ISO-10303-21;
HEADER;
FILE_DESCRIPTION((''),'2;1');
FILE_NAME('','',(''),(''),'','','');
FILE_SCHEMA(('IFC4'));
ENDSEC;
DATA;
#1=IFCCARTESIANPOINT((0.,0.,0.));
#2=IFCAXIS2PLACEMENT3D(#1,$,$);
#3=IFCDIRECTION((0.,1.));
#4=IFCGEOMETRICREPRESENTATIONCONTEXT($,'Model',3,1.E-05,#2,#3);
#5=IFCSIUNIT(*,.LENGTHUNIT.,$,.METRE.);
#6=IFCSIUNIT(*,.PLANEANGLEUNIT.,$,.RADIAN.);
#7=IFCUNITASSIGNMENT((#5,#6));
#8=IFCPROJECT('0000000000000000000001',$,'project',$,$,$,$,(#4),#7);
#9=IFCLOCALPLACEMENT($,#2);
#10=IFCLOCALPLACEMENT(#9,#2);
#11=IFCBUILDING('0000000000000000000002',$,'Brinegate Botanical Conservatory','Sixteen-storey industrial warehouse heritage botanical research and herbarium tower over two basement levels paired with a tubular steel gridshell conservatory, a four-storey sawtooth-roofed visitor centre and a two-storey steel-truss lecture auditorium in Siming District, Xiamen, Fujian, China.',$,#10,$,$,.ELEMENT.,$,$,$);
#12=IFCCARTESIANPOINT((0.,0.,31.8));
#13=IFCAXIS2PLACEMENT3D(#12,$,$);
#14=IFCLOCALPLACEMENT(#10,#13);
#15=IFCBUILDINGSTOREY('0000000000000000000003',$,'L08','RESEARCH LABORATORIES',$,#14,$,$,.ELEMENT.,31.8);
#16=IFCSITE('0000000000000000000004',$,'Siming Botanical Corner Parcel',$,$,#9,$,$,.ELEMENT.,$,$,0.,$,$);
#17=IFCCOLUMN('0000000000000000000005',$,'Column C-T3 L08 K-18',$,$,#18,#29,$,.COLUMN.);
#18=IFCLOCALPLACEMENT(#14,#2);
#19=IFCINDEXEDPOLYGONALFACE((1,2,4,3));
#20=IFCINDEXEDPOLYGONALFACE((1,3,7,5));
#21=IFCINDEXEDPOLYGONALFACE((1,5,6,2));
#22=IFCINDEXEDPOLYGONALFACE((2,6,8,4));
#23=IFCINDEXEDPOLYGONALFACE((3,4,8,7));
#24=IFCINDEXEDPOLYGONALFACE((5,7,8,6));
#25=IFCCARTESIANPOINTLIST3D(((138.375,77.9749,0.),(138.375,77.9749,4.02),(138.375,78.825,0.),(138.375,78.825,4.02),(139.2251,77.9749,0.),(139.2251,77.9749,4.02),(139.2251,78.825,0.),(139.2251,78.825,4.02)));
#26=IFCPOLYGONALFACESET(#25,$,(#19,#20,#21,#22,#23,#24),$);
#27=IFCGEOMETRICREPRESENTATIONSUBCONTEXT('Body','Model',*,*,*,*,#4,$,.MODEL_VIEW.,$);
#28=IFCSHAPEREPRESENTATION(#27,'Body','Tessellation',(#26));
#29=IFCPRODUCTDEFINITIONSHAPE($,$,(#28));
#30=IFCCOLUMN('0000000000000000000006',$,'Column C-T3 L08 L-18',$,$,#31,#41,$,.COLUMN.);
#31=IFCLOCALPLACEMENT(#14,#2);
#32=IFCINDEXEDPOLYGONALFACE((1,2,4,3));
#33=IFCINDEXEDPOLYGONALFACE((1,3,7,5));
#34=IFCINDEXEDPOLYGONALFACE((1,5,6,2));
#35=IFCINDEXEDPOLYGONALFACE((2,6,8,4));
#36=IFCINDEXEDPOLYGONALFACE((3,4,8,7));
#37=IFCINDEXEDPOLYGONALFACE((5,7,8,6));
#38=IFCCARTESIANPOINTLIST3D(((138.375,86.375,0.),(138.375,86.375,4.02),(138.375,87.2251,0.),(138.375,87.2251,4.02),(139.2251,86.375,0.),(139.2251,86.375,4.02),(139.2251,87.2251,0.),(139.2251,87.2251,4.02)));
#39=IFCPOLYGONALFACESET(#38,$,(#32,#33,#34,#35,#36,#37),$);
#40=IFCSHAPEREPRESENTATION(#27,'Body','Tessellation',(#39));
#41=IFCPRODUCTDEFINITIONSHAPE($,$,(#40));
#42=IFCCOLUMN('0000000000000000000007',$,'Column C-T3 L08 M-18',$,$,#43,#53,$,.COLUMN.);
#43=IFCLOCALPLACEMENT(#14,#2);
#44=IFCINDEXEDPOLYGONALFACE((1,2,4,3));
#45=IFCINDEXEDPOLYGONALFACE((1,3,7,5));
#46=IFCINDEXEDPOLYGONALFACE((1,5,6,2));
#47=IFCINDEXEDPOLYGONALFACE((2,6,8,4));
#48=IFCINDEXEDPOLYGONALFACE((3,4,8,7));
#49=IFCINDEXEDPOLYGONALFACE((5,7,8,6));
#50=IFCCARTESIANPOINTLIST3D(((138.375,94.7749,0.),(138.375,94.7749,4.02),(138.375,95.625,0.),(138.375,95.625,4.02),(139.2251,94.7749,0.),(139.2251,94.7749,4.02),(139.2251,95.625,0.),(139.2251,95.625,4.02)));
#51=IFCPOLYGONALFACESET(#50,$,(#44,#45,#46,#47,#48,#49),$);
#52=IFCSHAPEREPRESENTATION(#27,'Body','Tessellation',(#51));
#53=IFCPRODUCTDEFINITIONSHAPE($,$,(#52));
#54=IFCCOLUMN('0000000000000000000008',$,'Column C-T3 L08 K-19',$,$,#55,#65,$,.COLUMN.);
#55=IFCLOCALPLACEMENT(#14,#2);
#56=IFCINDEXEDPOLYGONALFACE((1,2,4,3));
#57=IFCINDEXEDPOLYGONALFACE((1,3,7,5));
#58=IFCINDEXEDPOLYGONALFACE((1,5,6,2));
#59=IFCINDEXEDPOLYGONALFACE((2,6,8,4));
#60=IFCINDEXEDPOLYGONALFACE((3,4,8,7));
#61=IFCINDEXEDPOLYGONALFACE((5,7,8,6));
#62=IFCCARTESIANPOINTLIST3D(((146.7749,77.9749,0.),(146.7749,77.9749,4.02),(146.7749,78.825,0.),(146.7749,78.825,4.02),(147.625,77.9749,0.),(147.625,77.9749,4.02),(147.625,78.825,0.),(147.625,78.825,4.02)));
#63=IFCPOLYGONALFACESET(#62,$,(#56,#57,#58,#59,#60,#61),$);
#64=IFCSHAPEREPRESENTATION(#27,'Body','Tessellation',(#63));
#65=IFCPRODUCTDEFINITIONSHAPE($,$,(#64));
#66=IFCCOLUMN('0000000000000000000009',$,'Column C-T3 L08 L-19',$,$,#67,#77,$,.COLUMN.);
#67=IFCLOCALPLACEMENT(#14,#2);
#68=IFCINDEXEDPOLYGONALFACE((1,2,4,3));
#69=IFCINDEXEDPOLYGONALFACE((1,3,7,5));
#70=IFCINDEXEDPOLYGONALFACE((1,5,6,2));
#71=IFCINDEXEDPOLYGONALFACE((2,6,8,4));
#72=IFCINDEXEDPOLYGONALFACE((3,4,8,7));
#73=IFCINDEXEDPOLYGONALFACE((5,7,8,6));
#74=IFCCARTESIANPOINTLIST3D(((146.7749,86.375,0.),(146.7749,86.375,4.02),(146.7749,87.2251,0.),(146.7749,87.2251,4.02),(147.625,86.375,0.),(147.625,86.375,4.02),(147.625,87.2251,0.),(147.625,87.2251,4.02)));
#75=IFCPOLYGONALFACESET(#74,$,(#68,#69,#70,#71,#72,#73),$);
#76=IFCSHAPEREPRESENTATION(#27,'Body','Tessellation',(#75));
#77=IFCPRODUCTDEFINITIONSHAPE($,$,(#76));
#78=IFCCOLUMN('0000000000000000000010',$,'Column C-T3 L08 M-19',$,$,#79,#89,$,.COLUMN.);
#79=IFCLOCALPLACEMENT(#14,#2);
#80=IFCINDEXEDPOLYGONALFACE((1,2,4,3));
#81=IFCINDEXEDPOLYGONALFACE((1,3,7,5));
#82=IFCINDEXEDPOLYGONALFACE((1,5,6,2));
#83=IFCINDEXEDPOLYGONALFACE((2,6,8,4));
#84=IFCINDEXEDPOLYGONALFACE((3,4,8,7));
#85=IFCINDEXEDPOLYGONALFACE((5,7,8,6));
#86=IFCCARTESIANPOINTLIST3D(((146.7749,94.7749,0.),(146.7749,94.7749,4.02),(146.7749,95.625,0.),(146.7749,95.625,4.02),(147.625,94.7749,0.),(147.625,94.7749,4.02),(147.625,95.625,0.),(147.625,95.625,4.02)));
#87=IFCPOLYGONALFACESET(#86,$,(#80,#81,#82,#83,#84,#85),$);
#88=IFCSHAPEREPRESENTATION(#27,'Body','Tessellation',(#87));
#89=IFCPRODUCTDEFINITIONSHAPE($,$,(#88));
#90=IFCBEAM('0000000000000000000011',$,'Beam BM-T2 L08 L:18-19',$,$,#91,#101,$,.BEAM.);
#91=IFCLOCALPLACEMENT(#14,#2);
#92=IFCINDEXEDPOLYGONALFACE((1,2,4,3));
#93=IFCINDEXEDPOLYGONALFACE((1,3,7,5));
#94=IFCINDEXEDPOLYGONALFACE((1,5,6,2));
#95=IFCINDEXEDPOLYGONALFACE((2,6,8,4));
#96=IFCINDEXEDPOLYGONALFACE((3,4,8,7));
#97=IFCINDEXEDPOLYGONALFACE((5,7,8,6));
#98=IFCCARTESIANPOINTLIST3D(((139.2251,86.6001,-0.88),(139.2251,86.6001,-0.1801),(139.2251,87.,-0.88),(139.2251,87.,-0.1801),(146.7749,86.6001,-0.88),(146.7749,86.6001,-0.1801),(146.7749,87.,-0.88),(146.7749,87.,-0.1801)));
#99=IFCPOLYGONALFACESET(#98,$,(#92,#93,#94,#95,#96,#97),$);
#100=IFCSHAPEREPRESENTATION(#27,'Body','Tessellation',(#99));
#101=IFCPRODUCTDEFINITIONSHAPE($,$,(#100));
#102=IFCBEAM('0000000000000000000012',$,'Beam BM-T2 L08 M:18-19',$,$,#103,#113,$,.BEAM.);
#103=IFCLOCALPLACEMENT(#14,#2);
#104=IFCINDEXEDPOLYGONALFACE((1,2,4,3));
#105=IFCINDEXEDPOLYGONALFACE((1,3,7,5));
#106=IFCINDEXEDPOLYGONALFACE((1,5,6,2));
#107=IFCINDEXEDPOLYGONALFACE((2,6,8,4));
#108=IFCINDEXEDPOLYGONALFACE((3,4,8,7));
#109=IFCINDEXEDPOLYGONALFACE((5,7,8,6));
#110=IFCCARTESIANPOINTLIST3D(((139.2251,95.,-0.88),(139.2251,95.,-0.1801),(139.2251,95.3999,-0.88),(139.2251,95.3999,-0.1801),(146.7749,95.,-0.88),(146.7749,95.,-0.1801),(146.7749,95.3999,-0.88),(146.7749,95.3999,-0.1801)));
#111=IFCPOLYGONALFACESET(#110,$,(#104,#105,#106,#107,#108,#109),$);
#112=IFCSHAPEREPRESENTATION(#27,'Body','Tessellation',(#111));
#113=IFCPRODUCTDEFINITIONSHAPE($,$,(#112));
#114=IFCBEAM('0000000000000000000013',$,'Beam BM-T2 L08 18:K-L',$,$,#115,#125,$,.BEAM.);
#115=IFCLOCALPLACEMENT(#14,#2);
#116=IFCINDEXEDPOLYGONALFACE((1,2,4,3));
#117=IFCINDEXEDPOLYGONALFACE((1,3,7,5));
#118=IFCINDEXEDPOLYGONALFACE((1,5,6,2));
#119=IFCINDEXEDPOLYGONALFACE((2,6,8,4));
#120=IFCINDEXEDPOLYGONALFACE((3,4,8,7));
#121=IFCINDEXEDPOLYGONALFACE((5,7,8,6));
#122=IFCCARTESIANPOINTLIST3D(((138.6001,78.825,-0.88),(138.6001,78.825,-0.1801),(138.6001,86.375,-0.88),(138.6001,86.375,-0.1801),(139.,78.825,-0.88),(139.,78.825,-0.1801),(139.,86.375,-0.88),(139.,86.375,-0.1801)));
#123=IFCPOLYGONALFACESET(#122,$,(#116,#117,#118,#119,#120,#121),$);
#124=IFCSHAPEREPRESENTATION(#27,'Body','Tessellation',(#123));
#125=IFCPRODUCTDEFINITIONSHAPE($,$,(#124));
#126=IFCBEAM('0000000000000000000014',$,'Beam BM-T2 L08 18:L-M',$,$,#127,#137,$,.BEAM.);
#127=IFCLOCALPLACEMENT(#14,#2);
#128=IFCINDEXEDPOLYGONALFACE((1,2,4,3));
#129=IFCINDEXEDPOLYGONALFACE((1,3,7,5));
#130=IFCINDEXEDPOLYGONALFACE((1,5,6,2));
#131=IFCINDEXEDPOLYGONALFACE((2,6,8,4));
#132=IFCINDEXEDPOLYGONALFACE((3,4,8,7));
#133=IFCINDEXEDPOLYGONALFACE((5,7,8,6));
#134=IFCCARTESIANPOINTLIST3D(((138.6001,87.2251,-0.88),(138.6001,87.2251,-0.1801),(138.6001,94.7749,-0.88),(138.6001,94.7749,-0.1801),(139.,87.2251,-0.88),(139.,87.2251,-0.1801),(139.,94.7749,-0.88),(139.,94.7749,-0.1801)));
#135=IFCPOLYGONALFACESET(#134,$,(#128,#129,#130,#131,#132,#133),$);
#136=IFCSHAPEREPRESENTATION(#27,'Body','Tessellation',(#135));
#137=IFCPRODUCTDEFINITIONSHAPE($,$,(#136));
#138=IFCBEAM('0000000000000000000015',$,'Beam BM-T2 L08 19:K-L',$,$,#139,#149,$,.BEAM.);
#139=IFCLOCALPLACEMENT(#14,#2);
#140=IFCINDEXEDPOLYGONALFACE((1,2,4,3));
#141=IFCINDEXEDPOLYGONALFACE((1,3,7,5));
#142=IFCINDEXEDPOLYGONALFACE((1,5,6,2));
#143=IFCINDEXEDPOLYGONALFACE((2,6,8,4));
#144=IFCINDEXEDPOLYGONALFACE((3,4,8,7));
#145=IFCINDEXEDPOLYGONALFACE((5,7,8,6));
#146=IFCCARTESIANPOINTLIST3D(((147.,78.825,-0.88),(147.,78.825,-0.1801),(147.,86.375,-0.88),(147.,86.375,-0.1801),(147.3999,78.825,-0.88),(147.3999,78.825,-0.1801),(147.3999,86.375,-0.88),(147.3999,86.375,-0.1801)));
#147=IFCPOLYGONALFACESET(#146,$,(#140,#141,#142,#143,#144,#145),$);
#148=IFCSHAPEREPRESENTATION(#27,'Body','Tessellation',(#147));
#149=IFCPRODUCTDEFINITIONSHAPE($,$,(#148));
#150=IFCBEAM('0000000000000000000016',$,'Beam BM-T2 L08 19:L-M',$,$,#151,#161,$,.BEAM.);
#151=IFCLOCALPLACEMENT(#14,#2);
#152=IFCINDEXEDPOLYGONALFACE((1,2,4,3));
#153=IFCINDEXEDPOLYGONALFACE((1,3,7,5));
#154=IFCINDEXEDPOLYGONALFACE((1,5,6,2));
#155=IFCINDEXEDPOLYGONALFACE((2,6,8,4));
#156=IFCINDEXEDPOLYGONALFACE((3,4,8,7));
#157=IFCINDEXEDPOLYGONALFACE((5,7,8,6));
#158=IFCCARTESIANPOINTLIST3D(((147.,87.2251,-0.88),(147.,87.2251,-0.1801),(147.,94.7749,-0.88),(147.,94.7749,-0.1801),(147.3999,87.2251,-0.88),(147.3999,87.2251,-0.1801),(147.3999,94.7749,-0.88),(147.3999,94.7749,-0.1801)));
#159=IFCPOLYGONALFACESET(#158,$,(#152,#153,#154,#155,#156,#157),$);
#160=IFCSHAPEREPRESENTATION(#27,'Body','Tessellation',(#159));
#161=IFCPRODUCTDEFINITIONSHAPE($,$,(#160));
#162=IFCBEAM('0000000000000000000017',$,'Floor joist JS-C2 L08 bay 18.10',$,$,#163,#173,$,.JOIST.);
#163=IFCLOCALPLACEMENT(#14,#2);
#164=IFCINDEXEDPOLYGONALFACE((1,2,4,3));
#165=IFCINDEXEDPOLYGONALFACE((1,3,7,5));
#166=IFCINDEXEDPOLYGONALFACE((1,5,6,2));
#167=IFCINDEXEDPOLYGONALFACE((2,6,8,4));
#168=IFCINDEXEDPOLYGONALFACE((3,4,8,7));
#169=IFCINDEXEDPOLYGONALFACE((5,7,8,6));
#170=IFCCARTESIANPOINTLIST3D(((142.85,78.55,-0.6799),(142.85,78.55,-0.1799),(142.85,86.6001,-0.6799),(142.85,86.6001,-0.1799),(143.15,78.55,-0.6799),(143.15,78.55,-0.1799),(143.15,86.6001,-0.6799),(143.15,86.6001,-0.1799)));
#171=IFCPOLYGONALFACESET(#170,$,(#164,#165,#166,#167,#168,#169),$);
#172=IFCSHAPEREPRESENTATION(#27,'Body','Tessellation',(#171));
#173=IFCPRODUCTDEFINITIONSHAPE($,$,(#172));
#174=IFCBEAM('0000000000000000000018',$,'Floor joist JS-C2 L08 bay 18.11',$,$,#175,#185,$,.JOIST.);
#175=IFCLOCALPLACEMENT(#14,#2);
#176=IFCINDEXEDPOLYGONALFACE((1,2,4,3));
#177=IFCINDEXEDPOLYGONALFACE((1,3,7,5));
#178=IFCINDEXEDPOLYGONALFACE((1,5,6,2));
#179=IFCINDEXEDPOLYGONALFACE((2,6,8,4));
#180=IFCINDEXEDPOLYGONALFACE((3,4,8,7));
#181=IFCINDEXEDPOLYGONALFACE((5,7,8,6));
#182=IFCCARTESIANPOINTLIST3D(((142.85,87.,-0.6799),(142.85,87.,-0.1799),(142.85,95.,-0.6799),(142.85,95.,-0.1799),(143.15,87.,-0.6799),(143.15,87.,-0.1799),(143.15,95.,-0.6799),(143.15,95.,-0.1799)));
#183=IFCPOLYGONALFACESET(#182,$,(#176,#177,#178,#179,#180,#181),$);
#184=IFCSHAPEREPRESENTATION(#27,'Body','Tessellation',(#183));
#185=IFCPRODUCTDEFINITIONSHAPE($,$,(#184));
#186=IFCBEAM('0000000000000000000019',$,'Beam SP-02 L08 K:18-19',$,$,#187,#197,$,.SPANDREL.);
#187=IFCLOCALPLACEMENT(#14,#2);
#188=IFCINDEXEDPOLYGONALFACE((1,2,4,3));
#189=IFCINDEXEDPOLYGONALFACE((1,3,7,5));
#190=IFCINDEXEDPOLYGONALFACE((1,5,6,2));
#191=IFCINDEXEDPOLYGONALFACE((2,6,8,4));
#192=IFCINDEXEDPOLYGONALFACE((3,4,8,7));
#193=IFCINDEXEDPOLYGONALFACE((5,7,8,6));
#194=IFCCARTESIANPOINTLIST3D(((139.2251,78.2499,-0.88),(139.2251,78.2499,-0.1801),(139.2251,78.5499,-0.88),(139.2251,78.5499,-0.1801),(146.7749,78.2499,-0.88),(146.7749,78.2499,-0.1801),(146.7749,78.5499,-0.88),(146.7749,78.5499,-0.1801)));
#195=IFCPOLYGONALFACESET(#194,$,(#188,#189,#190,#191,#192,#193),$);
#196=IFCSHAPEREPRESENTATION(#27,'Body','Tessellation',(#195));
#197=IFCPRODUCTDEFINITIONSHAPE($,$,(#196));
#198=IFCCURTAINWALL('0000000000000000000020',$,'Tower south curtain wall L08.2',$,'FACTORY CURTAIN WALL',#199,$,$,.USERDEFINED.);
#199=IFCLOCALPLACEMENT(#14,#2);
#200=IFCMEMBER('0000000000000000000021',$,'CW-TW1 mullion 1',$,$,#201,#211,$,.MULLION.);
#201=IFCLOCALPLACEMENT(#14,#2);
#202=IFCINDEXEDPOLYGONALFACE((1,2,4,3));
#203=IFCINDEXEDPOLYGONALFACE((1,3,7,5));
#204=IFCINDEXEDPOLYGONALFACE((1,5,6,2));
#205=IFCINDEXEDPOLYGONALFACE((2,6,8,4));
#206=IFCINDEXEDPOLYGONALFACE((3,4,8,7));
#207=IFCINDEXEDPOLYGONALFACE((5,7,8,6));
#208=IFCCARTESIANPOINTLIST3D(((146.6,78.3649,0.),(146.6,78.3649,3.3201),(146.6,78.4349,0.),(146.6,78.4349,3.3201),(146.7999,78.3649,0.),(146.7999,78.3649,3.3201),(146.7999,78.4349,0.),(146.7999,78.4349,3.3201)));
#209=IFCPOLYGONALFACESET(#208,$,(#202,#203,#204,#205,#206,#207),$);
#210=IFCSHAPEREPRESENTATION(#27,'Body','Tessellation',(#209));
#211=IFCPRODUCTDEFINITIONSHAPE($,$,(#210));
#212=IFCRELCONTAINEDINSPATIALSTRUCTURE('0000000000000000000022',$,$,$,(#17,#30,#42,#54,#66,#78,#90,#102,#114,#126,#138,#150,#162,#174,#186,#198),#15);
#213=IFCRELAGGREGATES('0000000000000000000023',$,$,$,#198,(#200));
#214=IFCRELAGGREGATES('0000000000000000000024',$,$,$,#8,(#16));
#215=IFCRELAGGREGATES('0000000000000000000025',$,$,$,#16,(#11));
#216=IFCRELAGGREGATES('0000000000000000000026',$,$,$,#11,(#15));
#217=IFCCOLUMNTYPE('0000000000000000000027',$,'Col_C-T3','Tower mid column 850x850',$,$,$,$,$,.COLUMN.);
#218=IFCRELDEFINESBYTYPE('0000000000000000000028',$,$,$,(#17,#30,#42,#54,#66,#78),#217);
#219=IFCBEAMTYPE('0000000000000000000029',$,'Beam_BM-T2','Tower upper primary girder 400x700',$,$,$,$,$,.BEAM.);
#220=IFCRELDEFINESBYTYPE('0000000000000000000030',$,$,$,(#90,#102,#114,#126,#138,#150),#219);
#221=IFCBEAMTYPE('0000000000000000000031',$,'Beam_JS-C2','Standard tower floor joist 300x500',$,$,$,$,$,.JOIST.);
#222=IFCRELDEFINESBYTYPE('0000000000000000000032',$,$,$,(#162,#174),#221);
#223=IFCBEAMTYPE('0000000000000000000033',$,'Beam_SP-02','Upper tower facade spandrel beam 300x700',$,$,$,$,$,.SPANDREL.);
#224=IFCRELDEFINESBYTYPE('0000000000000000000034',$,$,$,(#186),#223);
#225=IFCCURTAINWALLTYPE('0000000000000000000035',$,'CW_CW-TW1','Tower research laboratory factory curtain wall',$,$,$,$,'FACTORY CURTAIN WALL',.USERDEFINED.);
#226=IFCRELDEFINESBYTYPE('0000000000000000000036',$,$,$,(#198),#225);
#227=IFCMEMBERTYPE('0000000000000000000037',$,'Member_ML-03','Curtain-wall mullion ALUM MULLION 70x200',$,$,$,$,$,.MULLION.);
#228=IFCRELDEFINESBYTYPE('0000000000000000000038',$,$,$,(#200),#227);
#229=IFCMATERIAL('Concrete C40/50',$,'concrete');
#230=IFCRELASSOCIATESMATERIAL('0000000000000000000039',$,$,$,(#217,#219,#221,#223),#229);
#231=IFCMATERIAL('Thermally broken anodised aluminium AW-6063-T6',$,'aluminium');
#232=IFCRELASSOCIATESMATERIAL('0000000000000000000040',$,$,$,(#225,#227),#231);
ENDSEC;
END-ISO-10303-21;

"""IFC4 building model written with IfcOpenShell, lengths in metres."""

from ifc_helpers import new_model, si_unit, direction, frame, origin, origin_2d, place, context, subcontext, project, spatial, rectangle, extrude, material, material_profile, profile_set, type_object, element, aggregate, save


model = new_model("IFC4")

# Units and contexts
model_context = context("Model", 3, precision=1e-05, world=origin(), true_north=direction((0.0, 1.0)))
body_context = subcontext(model_context, "Body", "Model", "MODEL_VIEW")
ifc_project = project(units=[si_unit("LENGTHUNIT", "METRE"), si_unit("PLANEANGLEUNIT", "RADIAN")], contexts=[model_context])

# Site, building, storey
site_placement = place(None, origin())
site = spatial("IfcSite", under=ifc_project, at=site_placement, Name="Siming Botanical Corner Parcel", CompositionType="ELEMENT", RefElevation=0.0)
building_placement = place(site_placement, origin())
building = spatial("IfcBuilding", under=site, at=building_placement, Name="Brinegate Botanical Conservatory", Description="Sixteen-storey industrial warehouse heritage botanical research and herbarium tower over two basement levels paired with a tubular steel gridshell conservatory, a four-storey sawtooth-roofed visitor centre and a two-storey steel-truss lecture auditorium in Siming District, Xiamen, Fujian, China.", CompositionType="ELEMENT")
storey_placement = place(building_placement, frame((0.0, 0.0, 31.8)))
storey = spatial("IfcBuildingStorey", under=building, at=storey_placement, Name="L08", Description="RESEARCH LABORATORIES", CompositionType="ELEMENT", Elevation=31.8)

# Columns
ifc_material_1 = material(Name="Concrete C40/50", Category="concrete")
ifc_material_profile_1 = material_profile(ifc_material_1, rectangle(XDim=0.8501, YDim=0.8501, at=origin_2d()), Name="RC COL 850x850")
ifc_profile_set_1 = profile_set([ifc_material_profile_1], Name="Concrete C40/50")
column_type = type_object("IfcColumnType", Name="Col_C-T3", Description="Tower mid column 850x850", PredefinedType="COLUMN", material=ifc_profile_set_1)
for number, where, z_axis, x_axis, name in (
    (1, (138.8, 78.3999, 0.0), (0.0, 0.0, 1.0), (1.0, 0.0, 0.0), "Column C-T3 L08 K-18"),
    (2, (138.8, 86.8, 0.0), (0.0, 0.0, 1.0), (1.0, 0.0, 0.0), "Column C-T3 L08 L-18"),
    (3, (138.8, 95.2, 0.0), (0.0, 0.0, 1.0), (1.0, 0.0, 0.0), "Column C-T3 L08 M-18"),
    (4, (147.2, 78.3999, 0.0), (0.0, 0.0, 1.0), (1.0, 0.0, 0.0), "Column C-T3 L08 K-19"),
    (5, (147.2, 86.8, 0.0), (0.0, 0.0, 1.0), (1.0, 0.0, 0.0), "Column C-T3 L08 L-19"),
    (6, (147.2, 95.2, 0.0), (0.0, 0.0, 1.0), (1.0, 0.0, 0.0), "Column C-T3 L08 M-19"),
):
    element("IfcColumn", number, at=place(storey_placement, frame(where, z_axis=z_axis, x_axis=x_axis)), inside=storey, type_object=column_type, Name=name, PredefinedType="COLUMN", context=body_context, shape_type="SweptSolid", body=[
        extrude(rectangle(XDim=0.8501, YDim=0.8501, at=origin_2d()), origin(), (0.0, 0.0, 1.0), 4.02),
    ])

# Beams
ifc_material_profile_2 = material_profile(ifc_material_1, rectangle(XDim=0.3999, YDim=0.7, at=origin_2d()), Name="RC BM 400x700")
ifc_profile_set_2 = profile_set([ifc_material_profile_2], Name="Concrete C40/50")
beam_type_1 = type_object("IfcBeamType", Name="Beam_BM-T2", Description="Tower upper primary girder 400x700", PredefinedType="BEAM", material=ifc_profile_set_2)
for number, where, z_axis, x_axis, name in (
    (7, (139.2251, 86.8, -0.53), (1.0, 0.0, 0.0), (0.0, 1.0, 0.0), "Beam BM-T2 L08 L:18-19"),
    (8, (139.2251, 95.2, -0.53), (1.0, 0.0, 0.0), (0.0, 1.0, 0.0), "Beam BM-T2 L08 M:18-19"),
):
    element("IfcBeam", number, at=place(storey_placement, frame(where, z_axis=z_axis, x_axis=x_axis)), inside=storey, type_object=beam_type_1, Name=name, PredefinedType="BEAM", context=body_context, shape_type="SweptSolid", body=[
        extrude(rectangle(XDim=0.3999, YDim=0.7, at=origin_2d()), origin(), (0.0, 0.0, 1.0), 7.5498),
    ])
beam_1_placement = place(storey_placement, frame((138.8, 78.825, -0.53), z_axis=(0.0, 1.0, 0.0), x_axis=(-1.0, 0.0, 0.0)))
element("IfcBeam", 9, at=beam_1_placement, inside=storey, type_object=beam_type_1, Name="Beam BM-T2 L08 18:K-L", PredefinedType="BEAM", context=body_context, shape_type="SweptSolid", body=[
    extrude(rectangle(XDim=0.3999, YDim=0.7, at=origin_2d()), origin(), (0.0, 0.0, 1.0), 7.55),
])
beam_2_placement = place(storey_placement, frame((138.8, 87.2251, -0.53), z_axis=(0.0, 1.0, 0.0), x_axis=(-1.0, 0.0, 0.0)))
element("IfcBeam", 10, at=beam_2_placement, inside=storey, type_object=beam_type_1, Name="Beam BM-T2 L08 18:L-M", PredefinedType="BEAM", context=body_context, shape_type="SweptSolid", body=[
    extrude(rectangle(XDim=0.3999, YDim=0.7, at=origin_2d()), origin(), (0.0, 0.0, 1.0), 7.5498),
])
beam_3_placement = place(storey_placement, frame((147.2, 78.825, -0.53), z_axis=(0.0, 1.0, 0.0), x_axis=(-1.0, 0.0, 0.0)))
element("IfcBeam", 11, at=beam_3_placement, inside=storey, type_object=beam_type_1, Name="Beam BM-T2 L08 19:K-L", PredefinedType="BEAM", context=body_context, shape_type="SweptSolid", body=[
    extrude(rectangle(XDim=0.3999, YDim=0.7, at=origin_2d()), origin(), (0.0, 0.0, 1.0), 7.55),
])
beam_4_placement = place(storey_placement, frame((147.2, 87.2251, -0.53), z_axis=(0.0, 1.0, 0.0), x_axis=(-1.0, 0.0, 0.0)))
element("IfcBeam", 12, at=beam_4_placement, inside=storey, type_object=beam_type_1, Name="Beam BM-T2 L08 19:L-M", PredefinedType="BEAM", context=body_context, shape_type="SweptSolid", body=[
    extrude(rectangle(XDim=0.3999, YDim=0.7, at=origin_2d()), origin(), (0.0, 0.0, 1.0), 7.5498),
])
ifc_material_profile_3 = material_profile(ifc_material_1, rectangle(XDim=0.3, YDim=0.5, at=origin_2d()), Name="RC JST 300x500")
ifc_profile_set_3 = profile_set([ifc_material_profile_3], Name="Concrete C40/50")
beam_type_2 = type_object("IfcBeamType", Name="Beam_JS-C2", Description="Standard tower floor joist 300x500", PredefinedType="JOIST", material=ifc_profile_set_3)
beam_5_placement = place(storey_placement, frame((143.0, 78.55, -0.4299), z_axis=(0.0, 1.0, 0.0), x_axis=(-1.0, 0.0, 0.0)))
element("IfcBeam", 13, at=beam_5_placement, inside=storey, type_object=beam_type_2, Name="Floor joist JS-C2 L08 bay 18.10", PredefinedType="JOIST", context=body_context, shape_type="SweptSolid", body=[
    extrude(rectangle(XDim=0.3, YDim=0.5, at=origin_2d()), origin(), (0.0, 0.0, 1.0), 8.05),
])
beam_6_placement = place(storey_placement, frame((143.0, 87.0, -0.4299), z_axis=(0.0, 1.0, 0.0), x_axis=(-1.0, 0.0, 0.0)))
element("IfcBeam", 14, at=beam_6_placement, inside=storey, type_object=beam_type_2, Name="Floor joist JS-C2 L08 bay 18.11", PredefinedType="JOIST", context=body_context, shape_type="SweptSolid", body=[
    extrude(rectangle(XDim=0.3, YDim=0.5, at=origin_2d()), origin(), (0.0, 0.0, 1.0), 8.0),
])
ifc_material_profile_4 = material_profile(ifc_material_1, rectangle(XDim=0.3, YDim=0.7, at=origin_2d()), Name="RC SPN 300x700")
ifc_profile_set_4 = profile_set([ifc_material_profile_4], Name="Concrete C40/50")
beam_type_3 = type_object("IfcBeamType", Name="Beam_SP-02", Description="Upper tower facade spandrel beam 300x700", PredefinedType="SPANDREL", material=ifc_profile_set_4)
beam_7_placement = place(storey_placement, frame((139.2251, 78.3999, -0.53), z_axis=(1.0, 0.0, 0.0), x_axis=(0.0, 1.0, 0.0)))
element("IfcBeam", 15, at=beam_7_placement, inside=storey, type_object=beam_type_3, Name="Beam SP-02 L08 K:18-19", PredefinedType="SPANDREL", context=body_context, shape_type="SweptSolid", body=[
    extrude(rectangle(XDim=0.3, YDim=0.7, at=origin_2d()), origin(), (0.0, 0.0, 1.0), 7.5498),
])

# Curtain wall, member
ifc_material_2 = material(Name="Thermally broken anodised aluminium AW-6063-T6", Category="aluminium")
curtain_wall_type = type_object("IfcCurtainWallType", Name="CW_CW-TW1", Description="Tower research laboratory factory curtain wall", ElementType="FACTORY CURTAIN WALL", PredefinedType="USERDEFINED", material=ifc_material_2)
curtain_wall_placement = place(storey_placement, origin())
curtain_wall = element("IfcCurtainWall", 16, at=curtain_wall_placement, inside=storey, type_object=curtain_wall_type, Name="Tower south curtain wall L08.2", ObjectType="FACTORY CURTAIN WALL", PredefinedType="USERDEFINED")
ifc_material_profile_5 = material_profile(ifc_material_2, rectangle(XDim=0.0701, YDim=0.2, at=origin_2d()), Name="ALUM MULLION 70x200")
ifc_profile_set_5 = profile_set([ifc_material_profile_5], Name="Thermally broken anodised aluminium AW-6063-T6")
member_type_1 = type_object("IfcMemberType", Name="Member_ML-03", Description="Curtain-wall mullion ALUM MULLION 70x200", PredefinedType="MULLION", material=ifc_profile_set_5)
member_1_placement = place(storey_placement, frame((146.7, 78.3999, 0.0), z_axis=(0.0, 0.0, 1.0), x_axis=(0.0, -1.0, 0.0)))
member_1 = element("IfcMember", 17, at=member_1_placement, type_object=member_type_1, Name="CW-TW1 mullion 1", PredefinedType="MULLION", context=body_context, shape_type="SweptSolid", body=[
    extrude(rectangle(XDim=0.0701, YDim=0.2, at=origin_2d()), origin(), (0.0, 0.0, 1.0), 3.3201),
])
aggregate(curtain_wall, [member_1])

save(model, "model.ifc")
